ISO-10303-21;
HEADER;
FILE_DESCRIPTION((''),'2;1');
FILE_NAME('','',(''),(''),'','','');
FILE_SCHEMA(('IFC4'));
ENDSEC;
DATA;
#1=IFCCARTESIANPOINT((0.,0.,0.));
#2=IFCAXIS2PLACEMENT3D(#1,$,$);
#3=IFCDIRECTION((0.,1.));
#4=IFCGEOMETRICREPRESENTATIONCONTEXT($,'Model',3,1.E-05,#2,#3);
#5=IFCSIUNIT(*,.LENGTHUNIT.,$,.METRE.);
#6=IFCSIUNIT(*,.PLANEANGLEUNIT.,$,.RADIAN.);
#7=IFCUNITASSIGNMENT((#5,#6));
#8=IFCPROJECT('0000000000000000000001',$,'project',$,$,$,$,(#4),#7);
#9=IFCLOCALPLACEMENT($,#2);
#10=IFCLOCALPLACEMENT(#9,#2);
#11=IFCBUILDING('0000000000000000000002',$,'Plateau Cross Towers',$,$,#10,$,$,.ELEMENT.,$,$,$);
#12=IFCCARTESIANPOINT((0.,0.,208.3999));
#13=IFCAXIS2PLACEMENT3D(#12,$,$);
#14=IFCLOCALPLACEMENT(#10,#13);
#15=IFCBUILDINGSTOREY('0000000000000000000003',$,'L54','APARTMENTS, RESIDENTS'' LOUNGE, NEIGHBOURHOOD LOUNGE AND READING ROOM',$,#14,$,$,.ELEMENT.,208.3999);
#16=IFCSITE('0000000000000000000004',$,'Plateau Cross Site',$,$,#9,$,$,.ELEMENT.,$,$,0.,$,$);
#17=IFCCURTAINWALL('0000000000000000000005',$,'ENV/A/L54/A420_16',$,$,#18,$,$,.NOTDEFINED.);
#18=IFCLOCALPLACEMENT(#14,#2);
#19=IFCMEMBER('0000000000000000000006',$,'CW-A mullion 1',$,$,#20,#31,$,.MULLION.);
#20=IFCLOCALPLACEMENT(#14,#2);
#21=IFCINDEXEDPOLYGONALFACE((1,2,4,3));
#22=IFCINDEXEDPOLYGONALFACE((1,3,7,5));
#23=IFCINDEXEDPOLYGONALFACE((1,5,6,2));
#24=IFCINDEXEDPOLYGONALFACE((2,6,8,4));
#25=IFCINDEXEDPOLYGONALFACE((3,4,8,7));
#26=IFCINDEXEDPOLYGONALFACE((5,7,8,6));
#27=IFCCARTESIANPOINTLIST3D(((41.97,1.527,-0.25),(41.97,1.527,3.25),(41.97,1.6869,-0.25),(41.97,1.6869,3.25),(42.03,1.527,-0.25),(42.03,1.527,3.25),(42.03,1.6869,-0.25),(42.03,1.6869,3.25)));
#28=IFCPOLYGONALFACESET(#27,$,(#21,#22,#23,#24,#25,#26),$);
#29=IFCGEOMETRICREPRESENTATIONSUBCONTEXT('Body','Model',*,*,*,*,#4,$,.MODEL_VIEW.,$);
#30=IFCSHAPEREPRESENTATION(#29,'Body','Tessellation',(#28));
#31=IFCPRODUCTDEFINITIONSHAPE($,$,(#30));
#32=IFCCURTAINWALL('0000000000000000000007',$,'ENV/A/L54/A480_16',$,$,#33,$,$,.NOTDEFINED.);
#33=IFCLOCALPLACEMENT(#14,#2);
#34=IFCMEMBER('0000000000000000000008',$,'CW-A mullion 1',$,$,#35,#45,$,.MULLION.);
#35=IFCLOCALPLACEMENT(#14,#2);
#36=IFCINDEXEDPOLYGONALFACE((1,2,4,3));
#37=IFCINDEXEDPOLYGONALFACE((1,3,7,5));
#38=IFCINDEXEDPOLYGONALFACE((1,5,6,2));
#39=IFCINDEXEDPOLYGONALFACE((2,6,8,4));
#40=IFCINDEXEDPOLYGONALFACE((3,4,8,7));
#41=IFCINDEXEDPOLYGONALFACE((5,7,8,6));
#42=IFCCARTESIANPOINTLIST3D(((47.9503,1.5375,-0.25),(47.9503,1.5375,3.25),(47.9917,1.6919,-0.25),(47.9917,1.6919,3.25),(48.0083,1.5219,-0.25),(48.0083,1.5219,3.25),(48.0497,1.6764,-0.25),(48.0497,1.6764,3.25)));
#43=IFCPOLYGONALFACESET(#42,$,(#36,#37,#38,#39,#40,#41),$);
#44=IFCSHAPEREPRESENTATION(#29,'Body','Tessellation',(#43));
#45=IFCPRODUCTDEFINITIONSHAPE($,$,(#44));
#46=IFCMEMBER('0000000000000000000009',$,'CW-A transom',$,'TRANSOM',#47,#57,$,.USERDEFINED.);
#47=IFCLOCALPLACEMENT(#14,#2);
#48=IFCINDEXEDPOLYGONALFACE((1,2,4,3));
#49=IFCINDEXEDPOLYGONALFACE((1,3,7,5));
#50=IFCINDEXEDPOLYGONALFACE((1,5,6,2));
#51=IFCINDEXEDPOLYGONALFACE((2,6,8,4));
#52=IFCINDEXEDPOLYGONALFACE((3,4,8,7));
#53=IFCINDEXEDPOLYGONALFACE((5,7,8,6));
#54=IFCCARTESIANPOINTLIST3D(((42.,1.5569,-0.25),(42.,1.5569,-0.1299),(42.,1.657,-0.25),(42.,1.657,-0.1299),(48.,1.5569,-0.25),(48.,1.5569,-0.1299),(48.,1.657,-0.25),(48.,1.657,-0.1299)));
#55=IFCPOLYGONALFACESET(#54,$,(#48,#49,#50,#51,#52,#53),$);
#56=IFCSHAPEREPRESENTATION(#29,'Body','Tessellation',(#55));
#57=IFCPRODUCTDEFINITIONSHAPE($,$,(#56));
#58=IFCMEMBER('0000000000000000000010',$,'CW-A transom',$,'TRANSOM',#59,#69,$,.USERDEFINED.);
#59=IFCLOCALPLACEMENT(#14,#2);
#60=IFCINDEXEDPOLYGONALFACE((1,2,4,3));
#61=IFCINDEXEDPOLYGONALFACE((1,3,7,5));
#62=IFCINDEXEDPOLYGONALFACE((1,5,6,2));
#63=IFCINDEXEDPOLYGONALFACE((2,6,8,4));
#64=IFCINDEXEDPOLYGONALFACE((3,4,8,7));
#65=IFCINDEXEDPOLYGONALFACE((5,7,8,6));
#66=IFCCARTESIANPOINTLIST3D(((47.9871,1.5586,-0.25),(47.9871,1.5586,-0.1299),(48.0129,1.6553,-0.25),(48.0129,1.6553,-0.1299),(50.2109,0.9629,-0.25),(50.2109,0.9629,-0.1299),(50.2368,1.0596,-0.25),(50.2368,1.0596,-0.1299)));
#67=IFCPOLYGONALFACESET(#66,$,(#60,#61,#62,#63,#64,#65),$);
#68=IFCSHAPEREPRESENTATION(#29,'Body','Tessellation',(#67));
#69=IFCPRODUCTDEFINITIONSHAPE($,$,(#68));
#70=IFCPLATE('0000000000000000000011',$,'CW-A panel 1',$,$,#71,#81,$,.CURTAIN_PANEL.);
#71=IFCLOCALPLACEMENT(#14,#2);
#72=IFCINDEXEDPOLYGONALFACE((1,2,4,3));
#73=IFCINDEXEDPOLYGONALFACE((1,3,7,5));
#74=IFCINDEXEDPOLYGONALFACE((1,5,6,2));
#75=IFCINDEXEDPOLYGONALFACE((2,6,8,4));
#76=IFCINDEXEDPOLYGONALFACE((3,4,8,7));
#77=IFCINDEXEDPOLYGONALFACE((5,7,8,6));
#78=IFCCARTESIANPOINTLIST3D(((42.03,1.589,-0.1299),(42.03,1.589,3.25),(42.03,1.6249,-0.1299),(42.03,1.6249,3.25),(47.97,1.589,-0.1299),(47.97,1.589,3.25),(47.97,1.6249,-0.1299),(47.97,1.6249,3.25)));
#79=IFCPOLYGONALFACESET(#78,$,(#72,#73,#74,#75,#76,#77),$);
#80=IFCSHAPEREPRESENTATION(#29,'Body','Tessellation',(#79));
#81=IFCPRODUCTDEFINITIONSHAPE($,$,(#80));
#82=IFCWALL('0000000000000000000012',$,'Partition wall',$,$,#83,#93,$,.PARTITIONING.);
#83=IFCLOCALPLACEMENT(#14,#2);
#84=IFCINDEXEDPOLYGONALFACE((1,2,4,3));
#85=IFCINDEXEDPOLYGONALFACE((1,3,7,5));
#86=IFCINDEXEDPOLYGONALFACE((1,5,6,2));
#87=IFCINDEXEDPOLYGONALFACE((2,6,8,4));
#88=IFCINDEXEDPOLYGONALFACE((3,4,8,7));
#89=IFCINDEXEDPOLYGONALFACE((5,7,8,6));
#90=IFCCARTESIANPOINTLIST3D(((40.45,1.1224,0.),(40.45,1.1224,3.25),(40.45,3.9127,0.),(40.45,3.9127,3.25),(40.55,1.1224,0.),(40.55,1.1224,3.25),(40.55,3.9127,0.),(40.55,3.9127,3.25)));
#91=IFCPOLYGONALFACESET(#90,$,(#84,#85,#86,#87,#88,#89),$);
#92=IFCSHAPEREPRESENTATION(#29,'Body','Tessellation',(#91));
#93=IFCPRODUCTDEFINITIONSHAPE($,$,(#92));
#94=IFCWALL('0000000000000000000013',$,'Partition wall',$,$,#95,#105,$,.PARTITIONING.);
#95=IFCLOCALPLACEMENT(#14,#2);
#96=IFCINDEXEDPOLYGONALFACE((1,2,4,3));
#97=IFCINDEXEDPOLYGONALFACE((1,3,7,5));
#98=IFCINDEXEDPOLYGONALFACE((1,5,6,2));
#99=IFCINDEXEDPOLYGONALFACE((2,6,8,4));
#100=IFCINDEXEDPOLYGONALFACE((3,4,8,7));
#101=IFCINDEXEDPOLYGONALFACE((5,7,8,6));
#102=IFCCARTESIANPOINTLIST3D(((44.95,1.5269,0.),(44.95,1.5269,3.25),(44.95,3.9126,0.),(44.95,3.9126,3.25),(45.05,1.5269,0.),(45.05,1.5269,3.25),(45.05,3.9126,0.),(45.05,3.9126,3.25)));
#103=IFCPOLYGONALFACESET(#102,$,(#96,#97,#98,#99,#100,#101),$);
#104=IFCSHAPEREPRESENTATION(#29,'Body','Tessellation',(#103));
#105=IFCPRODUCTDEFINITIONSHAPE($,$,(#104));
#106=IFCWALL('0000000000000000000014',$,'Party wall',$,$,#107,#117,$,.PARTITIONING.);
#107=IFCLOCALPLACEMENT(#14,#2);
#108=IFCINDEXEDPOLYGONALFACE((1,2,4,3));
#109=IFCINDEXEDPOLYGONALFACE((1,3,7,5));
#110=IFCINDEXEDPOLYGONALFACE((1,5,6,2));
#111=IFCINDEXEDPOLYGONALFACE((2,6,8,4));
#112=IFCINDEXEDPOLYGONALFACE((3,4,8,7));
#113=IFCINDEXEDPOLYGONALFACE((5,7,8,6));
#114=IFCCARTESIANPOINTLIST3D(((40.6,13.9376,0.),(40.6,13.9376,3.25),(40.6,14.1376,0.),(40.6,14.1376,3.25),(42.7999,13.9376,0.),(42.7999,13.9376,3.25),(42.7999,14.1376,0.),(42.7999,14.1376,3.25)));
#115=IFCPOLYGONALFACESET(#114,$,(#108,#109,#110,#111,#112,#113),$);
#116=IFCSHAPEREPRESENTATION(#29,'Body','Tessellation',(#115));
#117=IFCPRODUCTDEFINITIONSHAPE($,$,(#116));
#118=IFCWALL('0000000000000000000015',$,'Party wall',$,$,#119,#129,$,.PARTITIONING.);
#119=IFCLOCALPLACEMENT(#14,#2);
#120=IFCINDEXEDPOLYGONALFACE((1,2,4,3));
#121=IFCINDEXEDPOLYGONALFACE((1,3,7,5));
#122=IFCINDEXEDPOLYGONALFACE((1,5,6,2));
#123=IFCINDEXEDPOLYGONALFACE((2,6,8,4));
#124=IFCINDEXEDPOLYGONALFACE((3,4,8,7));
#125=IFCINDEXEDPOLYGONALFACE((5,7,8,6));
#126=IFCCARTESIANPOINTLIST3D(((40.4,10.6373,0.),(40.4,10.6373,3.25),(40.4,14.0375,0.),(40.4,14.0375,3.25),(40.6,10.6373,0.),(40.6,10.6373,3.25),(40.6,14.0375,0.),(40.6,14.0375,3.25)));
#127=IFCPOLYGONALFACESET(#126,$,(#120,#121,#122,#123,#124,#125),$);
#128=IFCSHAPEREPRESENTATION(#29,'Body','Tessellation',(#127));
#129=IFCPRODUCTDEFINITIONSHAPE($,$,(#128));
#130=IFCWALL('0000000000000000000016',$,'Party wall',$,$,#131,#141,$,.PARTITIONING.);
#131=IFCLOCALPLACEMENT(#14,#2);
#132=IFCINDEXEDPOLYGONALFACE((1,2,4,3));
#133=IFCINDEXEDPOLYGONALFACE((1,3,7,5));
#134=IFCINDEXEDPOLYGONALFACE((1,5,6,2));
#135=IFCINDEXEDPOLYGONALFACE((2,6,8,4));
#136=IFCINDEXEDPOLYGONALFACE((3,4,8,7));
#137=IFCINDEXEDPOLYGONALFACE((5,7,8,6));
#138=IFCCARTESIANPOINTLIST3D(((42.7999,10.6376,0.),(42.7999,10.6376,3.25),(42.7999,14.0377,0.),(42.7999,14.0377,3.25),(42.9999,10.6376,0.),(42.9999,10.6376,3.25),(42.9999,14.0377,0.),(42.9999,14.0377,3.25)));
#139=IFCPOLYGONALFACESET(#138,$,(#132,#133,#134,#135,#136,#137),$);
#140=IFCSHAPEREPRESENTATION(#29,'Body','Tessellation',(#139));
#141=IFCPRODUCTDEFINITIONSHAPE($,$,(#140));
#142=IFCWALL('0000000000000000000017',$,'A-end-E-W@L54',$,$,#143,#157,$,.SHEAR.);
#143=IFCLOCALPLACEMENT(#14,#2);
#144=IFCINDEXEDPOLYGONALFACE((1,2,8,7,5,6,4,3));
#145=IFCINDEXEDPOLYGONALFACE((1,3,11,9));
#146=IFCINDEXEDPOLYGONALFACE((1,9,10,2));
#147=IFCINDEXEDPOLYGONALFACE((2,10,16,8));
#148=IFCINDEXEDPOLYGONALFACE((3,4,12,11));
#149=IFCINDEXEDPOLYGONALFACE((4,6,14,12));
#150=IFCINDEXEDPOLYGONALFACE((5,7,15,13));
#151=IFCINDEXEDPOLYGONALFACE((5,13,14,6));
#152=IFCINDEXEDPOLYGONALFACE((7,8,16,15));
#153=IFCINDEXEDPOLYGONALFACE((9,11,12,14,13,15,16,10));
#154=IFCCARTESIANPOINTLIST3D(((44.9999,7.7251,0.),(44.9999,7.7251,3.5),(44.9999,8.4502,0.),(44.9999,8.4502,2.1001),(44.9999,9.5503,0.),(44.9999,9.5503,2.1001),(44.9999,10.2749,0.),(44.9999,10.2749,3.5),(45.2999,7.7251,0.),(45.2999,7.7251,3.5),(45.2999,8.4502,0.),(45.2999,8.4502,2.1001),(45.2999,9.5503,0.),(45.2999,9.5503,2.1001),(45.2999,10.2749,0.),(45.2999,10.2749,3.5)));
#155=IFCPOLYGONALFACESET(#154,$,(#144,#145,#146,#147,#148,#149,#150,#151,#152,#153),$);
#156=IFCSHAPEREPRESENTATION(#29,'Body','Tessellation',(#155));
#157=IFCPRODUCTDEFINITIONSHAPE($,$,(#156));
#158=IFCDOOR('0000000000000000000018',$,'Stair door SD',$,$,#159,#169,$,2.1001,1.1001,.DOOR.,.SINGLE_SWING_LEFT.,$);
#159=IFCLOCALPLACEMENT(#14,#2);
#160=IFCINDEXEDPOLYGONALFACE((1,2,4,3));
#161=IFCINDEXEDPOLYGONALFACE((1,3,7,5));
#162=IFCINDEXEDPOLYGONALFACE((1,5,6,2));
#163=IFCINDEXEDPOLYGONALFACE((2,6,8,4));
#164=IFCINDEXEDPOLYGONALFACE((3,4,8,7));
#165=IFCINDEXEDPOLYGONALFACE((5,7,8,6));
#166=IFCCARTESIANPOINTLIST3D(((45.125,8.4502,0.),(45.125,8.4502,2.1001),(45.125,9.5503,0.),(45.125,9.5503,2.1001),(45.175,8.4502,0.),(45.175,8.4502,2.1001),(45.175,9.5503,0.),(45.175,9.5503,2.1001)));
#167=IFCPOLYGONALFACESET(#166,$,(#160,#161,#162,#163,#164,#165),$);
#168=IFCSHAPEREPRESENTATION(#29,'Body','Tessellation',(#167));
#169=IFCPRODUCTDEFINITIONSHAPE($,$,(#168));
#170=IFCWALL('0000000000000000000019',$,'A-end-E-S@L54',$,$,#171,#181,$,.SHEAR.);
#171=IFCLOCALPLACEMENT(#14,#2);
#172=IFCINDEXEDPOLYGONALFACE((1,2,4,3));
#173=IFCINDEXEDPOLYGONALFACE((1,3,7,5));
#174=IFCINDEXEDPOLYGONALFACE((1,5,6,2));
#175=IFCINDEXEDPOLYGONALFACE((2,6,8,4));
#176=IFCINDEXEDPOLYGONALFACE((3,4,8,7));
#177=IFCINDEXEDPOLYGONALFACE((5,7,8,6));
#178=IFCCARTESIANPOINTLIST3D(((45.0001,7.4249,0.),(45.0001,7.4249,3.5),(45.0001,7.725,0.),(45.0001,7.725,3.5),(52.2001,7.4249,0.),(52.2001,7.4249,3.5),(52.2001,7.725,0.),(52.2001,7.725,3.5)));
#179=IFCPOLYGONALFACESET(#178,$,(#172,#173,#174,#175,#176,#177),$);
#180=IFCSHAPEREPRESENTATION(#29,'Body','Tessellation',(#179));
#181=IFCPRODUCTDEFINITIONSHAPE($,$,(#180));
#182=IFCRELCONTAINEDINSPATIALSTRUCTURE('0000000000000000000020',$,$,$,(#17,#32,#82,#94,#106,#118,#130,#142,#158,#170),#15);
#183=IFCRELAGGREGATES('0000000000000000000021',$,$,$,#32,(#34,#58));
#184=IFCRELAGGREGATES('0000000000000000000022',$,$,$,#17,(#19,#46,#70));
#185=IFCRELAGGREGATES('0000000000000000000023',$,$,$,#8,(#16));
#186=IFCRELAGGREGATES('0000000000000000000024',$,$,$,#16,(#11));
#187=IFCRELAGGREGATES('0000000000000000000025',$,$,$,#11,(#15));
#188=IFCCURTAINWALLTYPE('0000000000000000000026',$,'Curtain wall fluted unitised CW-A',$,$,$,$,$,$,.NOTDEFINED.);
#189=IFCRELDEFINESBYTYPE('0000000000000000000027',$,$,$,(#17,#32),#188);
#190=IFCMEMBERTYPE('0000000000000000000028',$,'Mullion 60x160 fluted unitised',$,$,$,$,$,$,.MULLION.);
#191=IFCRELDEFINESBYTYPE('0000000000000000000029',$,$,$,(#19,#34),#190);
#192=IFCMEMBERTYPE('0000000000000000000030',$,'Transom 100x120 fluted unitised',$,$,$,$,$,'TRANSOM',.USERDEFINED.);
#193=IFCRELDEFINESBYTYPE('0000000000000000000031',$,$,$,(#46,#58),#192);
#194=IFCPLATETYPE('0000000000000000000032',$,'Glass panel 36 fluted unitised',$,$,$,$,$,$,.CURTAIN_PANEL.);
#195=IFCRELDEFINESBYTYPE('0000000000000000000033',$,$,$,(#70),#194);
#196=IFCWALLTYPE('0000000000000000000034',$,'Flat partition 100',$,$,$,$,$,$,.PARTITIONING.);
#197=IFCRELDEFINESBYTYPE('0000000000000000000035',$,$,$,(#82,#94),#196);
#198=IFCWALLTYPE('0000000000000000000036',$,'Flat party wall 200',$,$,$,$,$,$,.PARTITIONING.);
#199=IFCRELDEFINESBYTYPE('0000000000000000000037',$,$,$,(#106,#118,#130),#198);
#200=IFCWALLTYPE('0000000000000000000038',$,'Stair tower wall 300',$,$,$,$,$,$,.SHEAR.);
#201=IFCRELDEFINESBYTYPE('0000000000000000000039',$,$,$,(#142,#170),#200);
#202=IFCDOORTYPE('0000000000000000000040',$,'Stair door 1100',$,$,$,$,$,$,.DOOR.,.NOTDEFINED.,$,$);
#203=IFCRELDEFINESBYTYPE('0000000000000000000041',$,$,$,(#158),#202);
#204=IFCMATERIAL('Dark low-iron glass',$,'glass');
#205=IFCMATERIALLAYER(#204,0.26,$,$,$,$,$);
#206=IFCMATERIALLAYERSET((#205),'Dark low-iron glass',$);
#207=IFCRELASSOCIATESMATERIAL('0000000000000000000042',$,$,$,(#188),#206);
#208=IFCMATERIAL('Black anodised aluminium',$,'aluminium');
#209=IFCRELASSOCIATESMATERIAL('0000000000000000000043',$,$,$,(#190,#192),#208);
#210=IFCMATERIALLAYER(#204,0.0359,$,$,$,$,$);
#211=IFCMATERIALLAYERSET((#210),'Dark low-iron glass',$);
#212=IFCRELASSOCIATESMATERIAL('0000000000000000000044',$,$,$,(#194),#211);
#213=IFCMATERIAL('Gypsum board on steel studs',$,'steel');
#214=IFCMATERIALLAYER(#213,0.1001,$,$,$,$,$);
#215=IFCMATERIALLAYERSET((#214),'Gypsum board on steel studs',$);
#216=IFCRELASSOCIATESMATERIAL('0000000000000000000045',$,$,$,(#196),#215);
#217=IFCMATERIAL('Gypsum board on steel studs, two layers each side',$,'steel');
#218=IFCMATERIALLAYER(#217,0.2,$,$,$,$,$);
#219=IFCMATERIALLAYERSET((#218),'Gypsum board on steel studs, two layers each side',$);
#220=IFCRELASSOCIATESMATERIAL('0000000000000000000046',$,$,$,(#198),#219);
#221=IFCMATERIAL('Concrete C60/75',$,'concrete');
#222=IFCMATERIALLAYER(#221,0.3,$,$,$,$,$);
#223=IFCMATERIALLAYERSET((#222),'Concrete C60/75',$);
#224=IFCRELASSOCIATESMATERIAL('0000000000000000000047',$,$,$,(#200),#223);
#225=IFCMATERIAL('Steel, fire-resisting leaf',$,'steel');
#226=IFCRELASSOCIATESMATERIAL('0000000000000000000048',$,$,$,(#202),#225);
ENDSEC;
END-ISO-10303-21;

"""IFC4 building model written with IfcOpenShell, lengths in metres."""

from ifc_helpers import new_model, si_unit, direction, frame, frame_2d, origin, origin_2d, place, context, subcontext, project, spatial, rectangle, extrude, material, layer, layer_set, material_profile, profile_set, type_object, element, fill, aggregate, save


model = new_model("IFC4")

# Units and contexts
model_context = context("Model", 3, precision=1e-05, world=origin(), true_north=direction((0.0, 1.0)))
body_context = subcontext(model_context, "Body", "Model", "MODEL_VIEW")
ifc_project = project(units=[si_unit("LENGTHUNIT", "METRE"), si_unit("PLANEANGLEUNIT", "RADIAN")], contexts=[model_context])

# Site, building, storey
site_placement = place(None, origin())
site = spatial("IfcSite", under=ifc_project, at=site_placement, Name="Plateau Cross Site", CompositionType="ELEMENT", RefElevation=0.0)
building_placement = place(site_placement, origin())
building = spatial("IfcBuilding", under=site, at=building_placement, Name="Plateau Cross Towers", CompositionType="ELEMENT")
storey_placement = place(building_placement, frame((0.0, 0.0, 208.3999)))
storey = spatial("IfcBuildingStorey", under=building, at=storey_placement, Name="L54", Description="APARTMENTS, RESIDENTS' LOUNGE, NEIGHBOURHOOD LOUNGE AND READING ROOM", CompositionType="ELEMENT", Elevation=208.3999)

# Curtain walls, members
ifc_material_1 = material(Name="Dark low-iron glass", Category="glass")
ifc_layer_1 = layer(ifc_material_1, 0.26)
ifc_layer_set_1 = layer_set([ifc_layer_1], Name="Dark low-iron glass")
curtain_wall_type = type_object("IfcCurtainWallType", Name="Curtain wall fluted unitised CW-A", PredefinedType="NOTDEFINED", material=ifc_layer_set_1)
curtain_wall_1_placement = place(storey_placement, origin())
curtain_wall_1 = element("IfcCurtainWall", 1, at=curtain_wall_1_placement, inside=storey, type_object=curtain_wall_type, Name="ENV/A/L54/A420_16", PredefinedType="NOTDEFINED")
ifc_material_2 = material(Name="Black anodised aluminium", Category="aluminium")
ifc_material_profile_1 = material_profile(ifc_material_2, rectangle(XDim=0.0601, YDim=0.1599, at=origin_2d()), Name="MULLION 60x160")
ifc_profile_set_1 = profile_set([ifc_material_profile_1], Name="Black anodised aluminium")
member_type_1 = type_object("IfcMemberType", Name="Mullion 60x160 fluted unitised", PredefinedType="MULLION", material=ifc_profile_set_1)
member_1_placement = place(storey_placement, frame((42.0, 1.6069, -0.25), z_axis=(0.0, 0.0, 1.0), x_axis=(1.0, 0.0, 0.0)))
member_1 = element("IfcMember", 2, at=member_1_placement, type_object=member_type_1, Name="CW-A mullion 1", PredefinedType="MULLION", context=body_context, shape_type="SweptSolid", body=[
    extrude(rectangle(XDim=0.0601, YDim=0.1599, at=origin_2d()), origin(), (0.0, 0.0, 1.0), 3.5),
])
curtain_wall_2_placement = place(storey_placement, origin())
curtain_wall_2 = element("IfcCurtainWall", 3, at=curtain_wall_2_placement, inside=storey, type_object=curtain_wall_type, Name="ENV/A/L54/A480_16", PredefinedType="NOTDEFINED")
member_2_placement = place(storey_placement, frame((48.0, 1.6069, -0.25), z_axis=(0.0, 0.0, 1.0), x_axis=(0.965958, -0.258699, 0.0)))
member_2 = element("IfcMember", 4, at=member_2_placement, type_object=member_type_1, Name="CW-A mullion 1", PredefinedType="MULLION", context=body_context, shape_type="SweptSolid", body=[
    extrude(rectangle(XDim=0.0601, YDim=0.1599, at=origin_2d()), origin(), (0.0, 0.0, 1.0), 3.5),
])

# Members
ifc_material_profile_2 = material_profile(ifc_material_2, rectangle(XDim=0.1001, YDim=0.1201, at=origin_2d()), Name="TRANSOM 100x120")
ifc_profile_set_2 = profile_set([ifc_material_profile_2], Name="Black anodised aluminium")
member_type_2 = type_object("IfcMemberType", Name="Transom 100x120 fluted unitised", ElementType="TRANSOM", PredefinedType="USERDEFINED", material=ifc_profile_set_2)
member_3_placement = place(storey_placement, frame((42.0, 1.6069, -0.1899), z_axis=(1.0, 0.0, 0.0), x_axis=(0.0, 1.0, 0.0)))
member_3 = element("IfcMember", 5, at=member_3_placement, type_object=member_type_2, Name="CW-A transom", ObjectType="TRANSOM", PredefinedType="USERDEFINED", context=body_context, shape_type="SweptSolid", body=[
    extrude(rectangle(XDim=0.1001, YDim=0.1201, at=origin_2d()), origin(), (0.0, 0.0, 1.0), 6.0),
])
member_4_placement = place(storey_placement, frame((48.0, 1.6069, -0.1899), z_axis=(0.965946, -0.258745, 0.0), x_axis=(0.258745, 0.965946, 0.0)))
member_4 = element("IfcMember", 6, at=member_4_placement, type_object=member_type_2, Name="CW-A transom", ObjectType="TRANSOM", PredefinedType="USERDEFINED", context=body_context, shape_type="SweptSolid", body=[
    extrude(rectangle(XDim=0.1001, YDim=0.1201, at=origin_2d()), origin(), (0.0, 0.0, 1.0), 2.3022),
])
aggregate(curtain_wall_2, [member_2, member_4])

# Plate
ifc_layer_2 = layer(ifc_material_1, 0.0359)
ifc_layer_set_2 = layer_set([ifc_layer_2], Name="Dark low-iron glass")
plate_type = type_object("IfcPlateType", Name="Glass panel 36 fluted unitised", PredefinedType="CURTAIN_PANEL", material=ifc_layer_set_2)
plate_placement = place(storey_placement, frame((45.0, 1.6069, -0.1299), z_axis=(0.0, 0.0, 1.0), x_axis=(1.0, 0.0, 0.0)))
plate = element("IfcPlate", 7, at=plate_placement, type_object=plate_type, Name="CW-A panel 1", PredefinedType="CURTAIN_PANEL", context=body_context, shape_type="SweptSolid", body=[
    extrude(rectangle(XDim=5.9399, YDim=0.0359, at=origin_2d()), origin(), (0.0, 0.0, 1.0), 3.3799),
])
aggregate(curtain_wall_1, [member_1, member_3, plate])

# Walls
ifc_material_3 = material(Name="Gypsum board on steel studs", Category="steel")
ifc_layer_3 = layer(ifc_material_3, 0.1001)
ifc_layer_set_3 = layer_set([ifc_layer_3], Name="Gypsum board on steel studs")
wall_type_1 = type_object("IfcWallType", Name="Flat partition 100", PredefinedType="PARTITIONING", material=ifc_layer_set_3)
wall_1_placement = place(storey_placement, frame((40.5, 3.9126, 0.0), z_axis=(0.0, 0.0, 1.0), x_axis=(0.0, -1.0, 0.0)))
element("IfcWall", 8, at=wall_1_placement, inside=storey, type_object=wall_type_1, Name="Partition wall", PredefinedType="PARTITIONING", context=body_context, shape_type="SweptSolid", body=[
    extrude(rectangle(XDim=2.7903, YDim=0.1001, at=frame_2d((1.395, 0.0))), origin(), (0.0, 0.0, 1.0), 3.25),
])
wall_2_placement = place(storey_placement, frame((45.0, 1.5269, 0.0), z_axis=(0.0, 0.0, 1.0), x_axis=(0.0, 1.0, 0.0)))
element("IfcWall", 9, at=wall_2_placement, inside=storey, type_object=wall_type_1, Name="Partition wall", PredefinedType="PARTITIONING", context=body_context, shape_type="SweptSolid", body=[
    extrude(rectangle(XDim=2.3857, YDim=0.1001, at=frame_2d((1.1929, 0.0))), origin(), (0.0, 0.0, 1.0), 3.25),
])
ifc_material_4 = material(Name="Gypsum board on steel studs, two layers each side", Category="steel")
ifc_layer_4 = layer(ifc_material_4, 0.2)
ifc_layer_set_4 = layer_set([ifc_layer_4], Name="Gypsum board on steel studs, two layers each side")
wall_type_2 = type_object("IfcWallType", Name="Flat party wall 200", PredefinedType="PARTITIONING", material=ifc_layer_set_4)
wall_3_placement = place(storey_placement, frame((42.8, 14.0376, 0.0), z_axis=(0.0, 0.0, 1.0), x_axis=(-1.0, 0.0, 0.0)))
element("IfcWall", 10, at=wall_3_placement, inside=storey, type_object=wall_type_2, Name="Party wall", PredefinedType="PARTITIONING", context=body_context, shape_type="SweptSolid", body=[
    extrude(rectangle(XDim=2.2, YDim=0.2, at=frame_2d((1.1001, 0.0))), origin(), (0.0, 0.0, 1.0), 3.25),
])
for number, where, z_axis, x_axis, name in (
    (11, (40.5, 14.0376, 0.0), (0.0, 0.0, 1.0), (0.0, -1.0, 0.0), "Party wall"),
    (12, (42.8999, 10.6375, 0.0), (0.0, 0.0, 1.0), (0.0, 1.0, 0.0), "Party wall"),
):
    element("IfcWall", number, at=place(storey_placement, frame(where, z_axis=z_axis, x_axis=x_axis)), inside=storey, type_object=wall_type_2, Name=name, PredefinedType="PARTITIONING", context=body_context, shape_type="SweptSolid", body=[
        extrude(rectangle(XDim=3.4001, YDim=0.2, at=frame_2d((1.7002, 0.0))), origin(), (0.0, 0.0, 1.0), 3.25),
    ])

# Wall, opening, door
ifc_material_5 = material(Name="Concrete C60/75", Category="concrete")
ifc_layer_5 = layer(ifc_material_5, 0.3)
ifc_layer_set_5 = layer_set([ifc_layer_5], Name="Concrete C60/75")
wall_type_3 = type_object("IfcWallType", Name="Stair tower wall 300", PredefinedType="SHEAR", material=ifc_layer_set_5)
wall_4_placement = place(storey_placement, frame((45.1499, 7.7251, 0.0), z_axis=(0.0, 0.0, 1.0), x_axis=(0.0, 1.0, 0.0)))
wall_4 = element("IfcWall", 13, at=wall_4_placement, inside=storey, type_object=wall_type_3, Name="A-end-E-W@L54", PredefinedType="SHEAR", context=body_context, shape_type="SweptSolid", body=[
    extrude(rectangle(XDim=2.5498, YDim=0.3, at=frame_2d((1.2749, 0.0))), origin(), (0.0, 0.0, 1.0), 3.5),
])
opening_placement = place(wall_4_placement, frame((0.7251, 0.0, 0.0)))
opening = element("IfcOpeningElement", 14, at=opening_placement, cuts=wall_4, PredefinedType="OPENING", context=body_context, shape_type="SweptSolid", body=[
    extrude(rectangle(XDim=1.1001, YDim=2.1001, at=frame_2d((0.55, 1.05))), frame((0.0, 0.1599, 0.0), z_axis=(0.0, -1.0, 0.0), x_axis=(1.0, 0.0, 0.0)), (0.0, 0.0, 1.0), 0.3201),
])
ifc_material_6 = material(Name="Steel, fire-resisting leaf", Category="steel")
door_type = type_object("IfcDoorType", Name="Stair door 1100", OperationType="NOTDEFINED", PredefinedType="DOOR", material=ifc_material_6)
door_placement = place(opening_placement, origin())
door = element("IfcDoor", 15, at=door_placement, inside=storey, type_object=door_type, Name="Stair door SD", OperationType="SINGLE_SWING_LEFT", OverallHeight=2.1001, OverallWidth=1.1001, PredefinedType="DOOR", context=body_context, shape_type="SweptSolid", body=[
    extrude(rectangle(XDim=1.1001, YDim=2.1001, at=frame_2d((0.55, 1.05))), frame((0.0, 0.0249, 0.0), z_axis=(0.0, -1.0, 0.0), x_axis=(1.0, 0.0, 0.0)), (0.0, 0.0, 1.0), 0.05),
])
fill(opening, door)

# Wall
for number, where, z_axis, x_axis, name in (
    (16, (45.0, 7.575, 0.0), (0.0, 0.0, 1.0), (1.0, 0.0, 0.0), "A-end-E-S@L54"),
):
    element("IfcWall", number, at=place(storey_placement, frame(where, z_axis=z_axis, x_axis=x_axis)), inside=storey, type_object=wall_type_3, Name=name, PredefinedType="SHEAR", context=body_context, shape_type="SweptSolid", body=[
        extrude(rectangle(XDim=7.2, YDim=0.3, at=frame_2d((3.6001, 0.0))), origin(), (0.0, 0.0, 1.0), 3.5),
    ])

save(model, "model.ifc")
